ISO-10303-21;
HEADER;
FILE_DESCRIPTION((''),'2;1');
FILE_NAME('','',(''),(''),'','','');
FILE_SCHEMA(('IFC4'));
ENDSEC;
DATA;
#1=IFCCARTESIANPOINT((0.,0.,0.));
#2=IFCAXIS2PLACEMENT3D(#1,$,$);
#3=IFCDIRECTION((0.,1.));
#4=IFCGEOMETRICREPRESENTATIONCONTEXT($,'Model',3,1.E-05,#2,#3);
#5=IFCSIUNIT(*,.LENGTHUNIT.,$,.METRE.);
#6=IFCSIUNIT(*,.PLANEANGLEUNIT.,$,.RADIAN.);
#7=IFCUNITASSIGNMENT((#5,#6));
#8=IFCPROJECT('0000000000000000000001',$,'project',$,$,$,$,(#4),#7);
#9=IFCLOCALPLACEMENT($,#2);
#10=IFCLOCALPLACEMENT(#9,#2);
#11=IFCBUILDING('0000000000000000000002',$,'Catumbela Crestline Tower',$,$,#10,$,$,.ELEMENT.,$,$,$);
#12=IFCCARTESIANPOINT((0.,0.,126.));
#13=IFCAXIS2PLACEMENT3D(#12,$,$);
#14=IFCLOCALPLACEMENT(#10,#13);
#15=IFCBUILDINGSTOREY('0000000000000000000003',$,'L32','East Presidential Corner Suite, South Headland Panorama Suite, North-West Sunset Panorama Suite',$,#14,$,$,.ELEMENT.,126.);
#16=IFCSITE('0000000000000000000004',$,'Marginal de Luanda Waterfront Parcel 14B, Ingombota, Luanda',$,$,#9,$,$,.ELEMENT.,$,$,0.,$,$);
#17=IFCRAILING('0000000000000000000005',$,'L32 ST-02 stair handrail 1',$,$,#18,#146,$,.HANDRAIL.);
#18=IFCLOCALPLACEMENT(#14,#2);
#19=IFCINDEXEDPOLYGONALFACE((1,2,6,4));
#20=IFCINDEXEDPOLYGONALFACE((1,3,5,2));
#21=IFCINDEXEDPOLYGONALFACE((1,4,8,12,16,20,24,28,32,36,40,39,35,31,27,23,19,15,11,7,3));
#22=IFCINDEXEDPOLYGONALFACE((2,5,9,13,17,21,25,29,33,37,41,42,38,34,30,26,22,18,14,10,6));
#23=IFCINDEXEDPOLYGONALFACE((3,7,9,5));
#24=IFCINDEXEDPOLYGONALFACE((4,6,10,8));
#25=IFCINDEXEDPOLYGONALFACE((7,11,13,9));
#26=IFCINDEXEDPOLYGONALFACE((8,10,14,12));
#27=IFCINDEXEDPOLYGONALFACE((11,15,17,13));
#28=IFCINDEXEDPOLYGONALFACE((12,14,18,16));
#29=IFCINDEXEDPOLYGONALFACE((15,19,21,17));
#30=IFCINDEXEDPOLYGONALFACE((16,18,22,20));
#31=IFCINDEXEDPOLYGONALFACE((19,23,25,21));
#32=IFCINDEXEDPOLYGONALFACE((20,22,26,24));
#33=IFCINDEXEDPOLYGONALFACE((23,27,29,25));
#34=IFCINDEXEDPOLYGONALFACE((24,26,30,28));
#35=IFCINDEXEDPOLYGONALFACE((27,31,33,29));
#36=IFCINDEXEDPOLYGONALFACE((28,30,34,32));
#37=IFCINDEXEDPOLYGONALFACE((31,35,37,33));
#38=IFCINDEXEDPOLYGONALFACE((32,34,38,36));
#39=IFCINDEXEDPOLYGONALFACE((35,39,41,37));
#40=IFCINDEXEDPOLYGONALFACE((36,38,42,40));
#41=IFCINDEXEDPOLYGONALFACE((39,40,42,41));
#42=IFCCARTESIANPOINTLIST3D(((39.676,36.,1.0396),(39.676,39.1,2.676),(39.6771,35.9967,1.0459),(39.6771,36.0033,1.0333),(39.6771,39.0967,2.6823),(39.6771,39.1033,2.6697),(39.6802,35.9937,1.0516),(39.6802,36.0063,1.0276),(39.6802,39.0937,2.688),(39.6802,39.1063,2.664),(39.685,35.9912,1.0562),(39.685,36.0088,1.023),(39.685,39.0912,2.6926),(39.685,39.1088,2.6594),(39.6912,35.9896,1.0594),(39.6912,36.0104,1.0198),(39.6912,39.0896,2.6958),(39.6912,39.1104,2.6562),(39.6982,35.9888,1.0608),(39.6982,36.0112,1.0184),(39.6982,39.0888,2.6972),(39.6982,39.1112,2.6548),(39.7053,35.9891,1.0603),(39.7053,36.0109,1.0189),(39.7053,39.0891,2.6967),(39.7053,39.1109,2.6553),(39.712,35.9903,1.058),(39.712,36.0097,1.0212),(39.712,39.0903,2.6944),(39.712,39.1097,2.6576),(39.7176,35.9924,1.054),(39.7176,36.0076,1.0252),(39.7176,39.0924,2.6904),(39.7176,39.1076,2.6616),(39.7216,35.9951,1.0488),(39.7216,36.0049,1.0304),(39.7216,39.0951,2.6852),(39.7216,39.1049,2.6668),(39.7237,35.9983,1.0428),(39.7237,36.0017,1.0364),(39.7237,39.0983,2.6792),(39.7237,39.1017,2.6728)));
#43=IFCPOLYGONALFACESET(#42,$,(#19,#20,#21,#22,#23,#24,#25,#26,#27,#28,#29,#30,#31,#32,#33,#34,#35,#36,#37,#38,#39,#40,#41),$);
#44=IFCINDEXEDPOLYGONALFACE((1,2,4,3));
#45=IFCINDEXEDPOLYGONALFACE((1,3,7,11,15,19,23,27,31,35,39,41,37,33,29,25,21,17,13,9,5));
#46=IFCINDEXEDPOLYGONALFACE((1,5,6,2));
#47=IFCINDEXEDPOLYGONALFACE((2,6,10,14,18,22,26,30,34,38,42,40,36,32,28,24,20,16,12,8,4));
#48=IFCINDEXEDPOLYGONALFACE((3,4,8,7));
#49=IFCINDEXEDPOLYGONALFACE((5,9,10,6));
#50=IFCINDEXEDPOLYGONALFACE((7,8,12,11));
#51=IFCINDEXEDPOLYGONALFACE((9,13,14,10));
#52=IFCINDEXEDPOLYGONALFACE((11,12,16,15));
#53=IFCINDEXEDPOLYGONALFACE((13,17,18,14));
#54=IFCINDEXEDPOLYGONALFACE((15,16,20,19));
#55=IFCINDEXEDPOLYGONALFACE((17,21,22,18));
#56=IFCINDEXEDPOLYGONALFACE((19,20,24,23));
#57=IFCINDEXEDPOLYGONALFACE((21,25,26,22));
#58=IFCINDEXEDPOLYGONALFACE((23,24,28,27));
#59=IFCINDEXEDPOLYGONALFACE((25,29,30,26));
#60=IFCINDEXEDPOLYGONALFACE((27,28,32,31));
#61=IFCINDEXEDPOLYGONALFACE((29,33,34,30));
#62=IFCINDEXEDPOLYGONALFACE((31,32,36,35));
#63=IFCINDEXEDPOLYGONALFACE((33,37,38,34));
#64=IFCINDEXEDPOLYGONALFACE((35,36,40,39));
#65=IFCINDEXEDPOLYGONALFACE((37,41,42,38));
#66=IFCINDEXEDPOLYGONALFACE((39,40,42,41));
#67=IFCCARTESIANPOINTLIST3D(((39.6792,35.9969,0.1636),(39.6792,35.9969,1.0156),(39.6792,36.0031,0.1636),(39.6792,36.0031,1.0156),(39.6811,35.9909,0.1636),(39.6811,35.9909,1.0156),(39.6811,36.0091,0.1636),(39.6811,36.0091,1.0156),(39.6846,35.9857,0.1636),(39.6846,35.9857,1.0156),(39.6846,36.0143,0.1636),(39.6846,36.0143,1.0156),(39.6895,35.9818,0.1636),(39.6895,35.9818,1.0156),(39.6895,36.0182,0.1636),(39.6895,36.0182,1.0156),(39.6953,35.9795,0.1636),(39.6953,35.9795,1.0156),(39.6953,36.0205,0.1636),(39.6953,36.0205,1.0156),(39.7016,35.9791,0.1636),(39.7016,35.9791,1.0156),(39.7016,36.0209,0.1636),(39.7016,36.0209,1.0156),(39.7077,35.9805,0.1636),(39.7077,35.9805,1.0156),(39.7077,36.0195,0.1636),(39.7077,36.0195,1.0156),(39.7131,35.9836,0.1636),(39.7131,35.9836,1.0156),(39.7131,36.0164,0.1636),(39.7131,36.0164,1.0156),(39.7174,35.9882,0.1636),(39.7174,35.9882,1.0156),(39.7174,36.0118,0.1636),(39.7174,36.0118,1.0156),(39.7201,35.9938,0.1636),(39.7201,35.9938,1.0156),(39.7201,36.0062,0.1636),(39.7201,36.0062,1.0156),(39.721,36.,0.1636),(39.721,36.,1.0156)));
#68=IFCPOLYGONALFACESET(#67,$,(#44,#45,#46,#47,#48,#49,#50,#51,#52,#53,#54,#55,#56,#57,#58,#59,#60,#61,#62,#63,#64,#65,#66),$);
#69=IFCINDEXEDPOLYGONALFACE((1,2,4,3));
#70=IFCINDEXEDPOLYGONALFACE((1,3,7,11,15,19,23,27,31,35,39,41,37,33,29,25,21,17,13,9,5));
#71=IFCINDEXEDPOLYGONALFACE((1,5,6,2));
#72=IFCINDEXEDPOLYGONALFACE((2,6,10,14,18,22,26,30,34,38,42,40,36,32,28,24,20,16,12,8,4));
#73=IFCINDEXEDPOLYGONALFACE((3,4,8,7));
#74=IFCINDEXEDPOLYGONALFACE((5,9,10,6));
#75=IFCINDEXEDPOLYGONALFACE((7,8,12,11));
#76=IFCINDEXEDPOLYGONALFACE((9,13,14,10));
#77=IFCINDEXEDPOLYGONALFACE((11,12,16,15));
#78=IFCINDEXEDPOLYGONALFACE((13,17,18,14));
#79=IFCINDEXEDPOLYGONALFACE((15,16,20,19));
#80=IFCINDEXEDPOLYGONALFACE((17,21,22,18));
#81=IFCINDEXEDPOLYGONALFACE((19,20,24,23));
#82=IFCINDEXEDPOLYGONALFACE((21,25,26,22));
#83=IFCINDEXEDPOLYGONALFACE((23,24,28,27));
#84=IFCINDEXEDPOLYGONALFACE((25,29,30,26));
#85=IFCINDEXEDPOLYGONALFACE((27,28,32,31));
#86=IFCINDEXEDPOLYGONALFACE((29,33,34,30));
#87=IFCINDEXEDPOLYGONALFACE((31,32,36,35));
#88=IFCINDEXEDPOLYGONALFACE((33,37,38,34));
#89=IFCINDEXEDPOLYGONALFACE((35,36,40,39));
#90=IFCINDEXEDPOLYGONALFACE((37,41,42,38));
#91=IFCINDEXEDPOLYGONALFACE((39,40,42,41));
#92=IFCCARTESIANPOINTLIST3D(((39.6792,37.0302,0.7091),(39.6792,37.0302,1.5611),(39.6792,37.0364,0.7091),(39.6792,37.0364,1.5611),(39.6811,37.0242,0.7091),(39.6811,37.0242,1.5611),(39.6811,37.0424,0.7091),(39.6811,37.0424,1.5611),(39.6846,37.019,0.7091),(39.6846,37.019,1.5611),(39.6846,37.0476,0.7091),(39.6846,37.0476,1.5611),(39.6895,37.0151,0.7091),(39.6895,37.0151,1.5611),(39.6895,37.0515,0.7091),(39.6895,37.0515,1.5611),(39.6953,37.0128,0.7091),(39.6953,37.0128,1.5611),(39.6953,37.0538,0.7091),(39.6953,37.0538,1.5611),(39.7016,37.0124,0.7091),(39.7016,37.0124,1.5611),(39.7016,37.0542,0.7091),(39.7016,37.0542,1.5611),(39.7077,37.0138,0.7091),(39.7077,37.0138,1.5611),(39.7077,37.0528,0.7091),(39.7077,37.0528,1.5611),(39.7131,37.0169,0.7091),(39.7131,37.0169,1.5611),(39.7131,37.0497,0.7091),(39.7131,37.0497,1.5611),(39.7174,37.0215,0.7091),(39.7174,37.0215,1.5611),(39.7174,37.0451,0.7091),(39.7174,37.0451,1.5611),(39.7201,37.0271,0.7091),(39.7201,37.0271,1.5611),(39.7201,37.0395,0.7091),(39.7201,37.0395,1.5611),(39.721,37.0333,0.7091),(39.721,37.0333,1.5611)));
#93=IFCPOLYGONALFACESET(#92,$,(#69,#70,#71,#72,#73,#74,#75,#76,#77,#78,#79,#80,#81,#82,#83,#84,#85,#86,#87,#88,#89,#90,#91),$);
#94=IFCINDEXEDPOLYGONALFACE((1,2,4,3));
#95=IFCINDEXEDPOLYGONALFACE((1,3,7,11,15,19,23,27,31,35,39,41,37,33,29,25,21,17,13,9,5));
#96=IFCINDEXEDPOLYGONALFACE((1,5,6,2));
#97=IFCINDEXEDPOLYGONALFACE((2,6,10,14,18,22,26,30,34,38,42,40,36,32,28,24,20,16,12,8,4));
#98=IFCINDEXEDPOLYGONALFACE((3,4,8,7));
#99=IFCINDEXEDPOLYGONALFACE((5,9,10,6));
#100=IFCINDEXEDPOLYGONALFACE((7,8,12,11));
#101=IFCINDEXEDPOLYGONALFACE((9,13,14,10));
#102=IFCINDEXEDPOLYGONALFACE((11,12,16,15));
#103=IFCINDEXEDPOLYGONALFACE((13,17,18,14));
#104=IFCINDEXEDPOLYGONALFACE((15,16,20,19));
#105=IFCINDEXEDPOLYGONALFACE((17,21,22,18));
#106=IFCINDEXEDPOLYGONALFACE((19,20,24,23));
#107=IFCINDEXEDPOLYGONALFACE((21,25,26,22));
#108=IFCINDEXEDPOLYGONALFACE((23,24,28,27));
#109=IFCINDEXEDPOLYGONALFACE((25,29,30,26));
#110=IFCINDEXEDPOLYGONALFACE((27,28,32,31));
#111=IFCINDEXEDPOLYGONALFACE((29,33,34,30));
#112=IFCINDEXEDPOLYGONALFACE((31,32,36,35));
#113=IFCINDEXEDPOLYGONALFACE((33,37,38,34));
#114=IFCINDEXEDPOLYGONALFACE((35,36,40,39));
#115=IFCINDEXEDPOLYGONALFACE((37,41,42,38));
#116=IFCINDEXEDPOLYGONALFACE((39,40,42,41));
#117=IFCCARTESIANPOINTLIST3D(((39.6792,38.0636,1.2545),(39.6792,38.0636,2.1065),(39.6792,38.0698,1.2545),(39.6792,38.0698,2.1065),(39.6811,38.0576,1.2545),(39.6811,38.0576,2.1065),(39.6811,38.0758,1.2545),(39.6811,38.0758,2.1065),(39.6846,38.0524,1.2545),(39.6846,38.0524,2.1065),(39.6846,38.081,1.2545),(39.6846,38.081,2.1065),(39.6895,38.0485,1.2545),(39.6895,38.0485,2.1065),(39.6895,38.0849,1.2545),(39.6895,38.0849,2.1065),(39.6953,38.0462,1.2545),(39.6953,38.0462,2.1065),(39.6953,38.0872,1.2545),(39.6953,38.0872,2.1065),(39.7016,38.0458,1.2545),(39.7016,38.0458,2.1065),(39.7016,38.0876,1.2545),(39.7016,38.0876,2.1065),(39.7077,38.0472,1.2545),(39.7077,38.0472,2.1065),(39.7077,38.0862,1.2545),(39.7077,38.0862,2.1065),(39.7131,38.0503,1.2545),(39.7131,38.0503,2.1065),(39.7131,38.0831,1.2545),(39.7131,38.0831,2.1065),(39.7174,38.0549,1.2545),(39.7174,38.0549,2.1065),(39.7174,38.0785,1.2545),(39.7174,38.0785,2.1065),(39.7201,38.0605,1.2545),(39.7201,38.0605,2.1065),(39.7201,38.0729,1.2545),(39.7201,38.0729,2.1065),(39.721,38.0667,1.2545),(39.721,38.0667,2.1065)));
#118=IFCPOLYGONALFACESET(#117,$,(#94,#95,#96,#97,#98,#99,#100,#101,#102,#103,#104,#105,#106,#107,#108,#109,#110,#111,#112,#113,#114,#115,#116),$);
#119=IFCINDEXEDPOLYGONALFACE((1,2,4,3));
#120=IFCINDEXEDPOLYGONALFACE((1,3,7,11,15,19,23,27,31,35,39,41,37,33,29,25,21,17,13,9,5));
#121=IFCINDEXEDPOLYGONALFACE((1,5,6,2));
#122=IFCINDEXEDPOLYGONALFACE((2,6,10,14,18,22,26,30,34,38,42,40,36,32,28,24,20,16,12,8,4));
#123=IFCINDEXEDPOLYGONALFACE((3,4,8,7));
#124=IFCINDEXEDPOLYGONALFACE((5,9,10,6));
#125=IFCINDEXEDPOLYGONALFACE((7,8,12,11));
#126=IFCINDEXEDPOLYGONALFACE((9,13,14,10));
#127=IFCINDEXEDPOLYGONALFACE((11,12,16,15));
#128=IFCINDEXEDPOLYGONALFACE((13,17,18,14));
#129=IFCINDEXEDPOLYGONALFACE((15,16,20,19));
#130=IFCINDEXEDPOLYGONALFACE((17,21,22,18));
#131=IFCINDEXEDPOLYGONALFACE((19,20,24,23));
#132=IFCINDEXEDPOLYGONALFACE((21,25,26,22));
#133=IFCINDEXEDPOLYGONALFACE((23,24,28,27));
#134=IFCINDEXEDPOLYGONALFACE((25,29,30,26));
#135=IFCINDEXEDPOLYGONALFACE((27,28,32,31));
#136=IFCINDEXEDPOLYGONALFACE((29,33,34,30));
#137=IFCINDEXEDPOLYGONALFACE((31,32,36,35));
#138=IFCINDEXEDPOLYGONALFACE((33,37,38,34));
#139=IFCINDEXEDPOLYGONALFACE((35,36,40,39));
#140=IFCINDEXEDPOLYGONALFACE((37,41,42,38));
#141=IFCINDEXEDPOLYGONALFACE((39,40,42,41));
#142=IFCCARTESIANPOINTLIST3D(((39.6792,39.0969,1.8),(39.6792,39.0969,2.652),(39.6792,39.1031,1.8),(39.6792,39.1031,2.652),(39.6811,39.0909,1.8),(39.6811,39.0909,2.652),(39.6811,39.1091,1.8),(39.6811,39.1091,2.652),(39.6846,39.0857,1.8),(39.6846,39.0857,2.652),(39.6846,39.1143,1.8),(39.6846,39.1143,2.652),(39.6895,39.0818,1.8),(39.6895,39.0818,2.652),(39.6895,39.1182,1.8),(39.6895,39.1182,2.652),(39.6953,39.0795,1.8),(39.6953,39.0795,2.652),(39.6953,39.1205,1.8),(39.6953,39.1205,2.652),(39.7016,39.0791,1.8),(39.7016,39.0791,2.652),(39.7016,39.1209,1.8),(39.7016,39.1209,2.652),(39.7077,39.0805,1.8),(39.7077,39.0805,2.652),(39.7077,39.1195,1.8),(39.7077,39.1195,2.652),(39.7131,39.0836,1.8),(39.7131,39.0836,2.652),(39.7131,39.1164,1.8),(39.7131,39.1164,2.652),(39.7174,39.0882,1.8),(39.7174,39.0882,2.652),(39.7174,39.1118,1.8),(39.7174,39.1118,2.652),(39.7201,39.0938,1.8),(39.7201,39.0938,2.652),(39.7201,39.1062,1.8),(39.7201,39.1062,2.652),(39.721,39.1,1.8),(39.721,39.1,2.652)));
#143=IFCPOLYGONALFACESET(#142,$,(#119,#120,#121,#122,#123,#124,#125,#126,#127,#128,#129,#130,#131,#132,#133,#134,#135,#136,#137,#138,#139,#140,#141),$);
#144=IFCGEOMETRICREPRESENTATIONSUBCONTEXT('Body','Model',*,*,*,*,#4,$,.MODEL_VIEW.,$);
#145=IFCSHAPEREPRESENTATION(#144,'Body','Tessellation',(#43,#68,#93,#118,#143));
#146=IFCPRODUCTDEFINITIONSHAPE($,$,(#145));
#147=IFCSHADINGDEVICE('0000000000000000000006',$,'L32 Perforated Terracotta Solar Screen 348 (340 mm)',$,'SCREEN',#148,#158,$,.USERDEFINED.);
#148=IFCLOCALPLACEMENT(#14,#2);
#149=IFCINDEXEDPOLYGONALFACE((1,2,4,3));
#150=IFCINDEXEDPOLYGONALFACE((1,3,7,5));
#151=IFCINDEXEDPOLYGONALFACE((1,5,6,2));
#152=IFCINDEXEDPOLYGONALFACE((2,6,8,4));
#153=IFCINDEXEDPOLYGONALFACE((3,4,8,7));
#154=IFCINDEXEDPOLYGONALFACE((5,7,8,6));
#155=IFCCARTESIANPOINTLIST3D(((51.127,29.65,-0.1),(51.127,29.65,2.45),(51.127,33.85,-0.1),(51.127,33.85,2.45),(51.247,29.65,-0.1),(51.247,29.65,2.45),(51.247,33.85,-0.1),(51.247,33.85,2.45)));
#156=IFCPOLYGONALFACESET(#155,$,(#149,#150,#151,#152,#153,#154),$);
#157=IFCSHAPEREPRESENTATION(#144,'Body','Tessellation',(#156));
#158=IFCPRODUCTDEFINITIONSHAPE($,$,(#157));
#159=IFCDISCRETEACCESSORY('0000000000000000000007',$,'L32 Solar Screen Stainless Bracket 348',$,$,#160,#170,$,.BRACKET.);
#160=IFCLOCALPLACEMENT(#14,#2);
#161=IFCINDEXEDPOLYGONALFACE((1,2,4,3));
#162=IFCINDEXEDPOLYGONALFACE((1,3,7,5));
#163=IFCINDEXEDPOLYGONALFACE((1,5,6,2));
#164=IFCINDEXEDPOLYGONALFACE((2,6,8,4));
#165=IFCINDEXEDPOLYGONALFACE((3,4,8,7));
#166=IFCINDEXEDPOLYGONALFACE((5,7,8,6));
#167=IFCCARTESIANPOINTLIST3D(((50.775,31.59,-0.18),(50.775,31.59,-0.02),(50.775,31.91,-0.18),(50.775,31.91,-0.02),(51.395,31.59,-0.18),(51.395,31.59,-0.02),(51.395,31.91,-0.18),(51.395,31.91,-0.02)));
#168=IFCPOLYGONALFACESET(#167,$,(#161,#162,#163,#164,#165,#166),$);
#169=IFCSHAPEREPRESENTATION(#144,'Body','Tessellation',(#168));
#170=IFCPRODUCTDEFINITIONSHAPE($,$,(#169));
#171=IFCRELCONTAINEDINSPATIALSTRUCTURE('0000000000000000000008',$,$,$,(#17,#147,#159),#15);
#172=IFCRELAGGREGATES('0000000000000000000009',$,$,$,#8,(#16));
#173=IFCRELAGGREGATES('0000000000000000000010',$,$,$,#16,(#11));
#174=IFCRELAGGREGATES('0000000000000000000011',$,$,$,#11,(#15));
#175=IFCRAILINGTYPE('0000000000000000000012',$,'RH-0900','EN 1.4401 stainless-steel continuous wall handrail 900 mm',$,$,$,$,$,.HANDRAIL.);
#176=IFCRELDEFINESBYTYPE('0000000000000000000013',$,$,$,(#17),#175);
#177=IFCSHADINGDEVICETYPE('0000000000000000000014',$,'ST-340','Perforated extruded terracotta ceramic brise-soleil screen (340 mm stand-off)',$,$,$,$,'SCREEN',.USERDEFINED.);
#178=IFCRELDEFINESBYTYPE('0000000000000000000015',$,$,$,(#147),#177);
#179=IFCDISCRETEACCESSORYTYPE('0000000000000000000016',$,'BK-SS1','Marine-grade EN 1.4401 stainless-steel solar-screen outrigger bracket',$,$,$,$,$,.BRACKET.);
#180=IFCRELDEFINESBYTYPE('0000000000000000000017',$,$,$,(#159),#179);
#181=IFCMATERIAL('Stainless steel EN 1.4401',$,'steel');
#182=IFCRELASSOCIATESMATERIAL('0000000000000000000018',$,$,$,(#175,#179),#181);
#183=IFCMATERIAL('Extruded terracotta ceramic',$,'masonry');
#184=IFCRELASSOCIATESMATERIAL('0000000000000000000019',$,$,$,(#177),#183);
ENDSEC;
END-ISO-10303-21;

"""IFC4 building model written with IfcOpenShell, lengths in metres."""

from ifc_helpers import new_model, si_unit, direction, frame, origin, origin_2d, place, context, subcontext, project, spatial, rectangle, circle, extrude, material, type_object, element, save


model = new_model("IFC4")

# Units and contexts
model_context = context("Model", 3, precision=1e-05, world=origin(), true_north=direction((0.0, 1.0)))
body_context = subcontext(model_context, "Body", "Model", "MODEL_VIEW")
ifc_project = project(units=[si_unit("LENGTHUNIT", "METRE"), si_unit("PLANEANGLEUNIT", "RADIAN")], contexts=[model_context])

# Site, building, storey
site_placement = place(None, origin())
site = spatial("IfcSite", under=ifc_project, at=site_placement, Name="Marginal de Luanda Waterfront Parcel 14B, Ingombota, Luanda", CompositionType="ELEMENT", RefElevation=0.0)
building_placement = place(site_placement, origin())
building = spatial("IfcBuilding", under=site, at=building_placement, Name="Catumbela Crestline Tower", CompositionType="ELEMENT")
storey_placement = place(building_placement, frame((0.0, 0.0, 126.0)))
storey = spatial("IfcBuildingStorey", under=building, at=storey_placement, Name="L32", Description="East Presidential Corner Suite, South Headland Panorama Suite, North-West Sunset Panorama Suite", CompositionType="ELEMENT", Elevation=126.0)

# Railing
ifc_material_1 = material(Name="Stainless steel EN 1.4401", Category="steel")
railing_type = type_object("IfcRailingType", Name="RH-0900", Description="EN 1.4401 stainless-steel continuous wall handrail 900 mm", PredefinedType="HANDRAIL", material=ifc_material_1)
railing_placement = place(storey_placement, frame((39.7, 36.0, 0.1636)))
element("IfcRailing", 1, at=railing_placement, inside=storey, type_object=railing_type, Name="L32 ST-02 stair handrail 1", PredefinedType="HANDRAIL", context=body_context, shape_type="SweptSolid", body=[
    extrude(circle(Radius=0.024, at=origin_2d()), frame((0.0, 0.0, 0.876), z_axis=(0.0, 0.884351, 0.466823), x_axis=(-1.0, 0.0, 0.0)), (0.0, 0.0, 1.0), 3.5054),
    extrude(circle(Radius=0.021, at=origin_2d()), origin(), (0.0, 0.0, 1.0), 0.852),
    extrude(circle(Radius=0.021, at=origin_2d()), frame((0.0, 1.0333, 0.5455)), (0.0, 0.0, 1.0), 0.852),
    extrude(circle(Radius=0.021, at=origin_2d()), frame((0.0, 2.0667, 1.0909)), (0.0, 0.0, 1.0), 0.852),
    extrude(circle(Radius=0.021, at=origin_2d()), frame((0.0, 3.1, 1.6364)), (0.0, 0.0, 1.0), 0.852),
])

# Shading device
ifc_material_2 = material(Name="Extruded terracotta ceramic", Category="masonry")
shading_device_type = type_object("IfcShadingDeviceType", Name="ST-340", Description="Perforated extruded terracotta ceramic brise-soleil screen (340 mm stand-off)", ElementType="SCREEN", PredefinedType="USERDEFINED", material=ifc_material_2)
shading_device_placement = place(storey_placement, frame((51.187, 31.75, -0.1), z_axis=(0.0, 0.0, 1.0), x_axis=(0.0, 1.0, 0.0)))
element("IfcShadingDevice", 2, at=shading_device_placement, inside=storey, type_object=shading_device_type, Name="L32 Perforated Terracotta Solar Screen 348 (340 mm)", ObjectType="SCREEN", PredefinedType="USERDEFINED", context=body_context, shape_type="SweptSolid", body=[
    extrude(rectangle(XDim=4.2, YDim=0.12, at=origin_2d()), origin(), (0.0, 0.0, 1.0), 2.55),
])

# Discrete accessory
discrete_accessory_type = type_object("IfcDiscreteAccessoryType", Name="BK-SS1", Description="Marine-grade EN 1.4401 stainless-steel solar-screen outrigger bracket", PredefinedType="BRACKET", material=ifc_material_1)
discrete_accessory_placement = place(storey_placement, frame((51.085, 31.75, -0.18), z_axis=(0.0, 0.0, 1.0), x_axis=(0.0, 1.0, 0.0)))
element("IfcDiscreteAccessory", 3, at=discrete_accessory_placement, inside=storey, type_object=discrete_accessory_type, Name="L32 Solar Screen Stainless Bracket 348", PredefinedType="BRACKET", context=body_context, shape_type="SweptSolid", body=[
    extrude(rectangle(XDim=0.32, YDim=0.62, at=origin_2d()), origin(), (0.0, 0.0, 1.0), 0.16),
])

save(model, "model.ifc")
